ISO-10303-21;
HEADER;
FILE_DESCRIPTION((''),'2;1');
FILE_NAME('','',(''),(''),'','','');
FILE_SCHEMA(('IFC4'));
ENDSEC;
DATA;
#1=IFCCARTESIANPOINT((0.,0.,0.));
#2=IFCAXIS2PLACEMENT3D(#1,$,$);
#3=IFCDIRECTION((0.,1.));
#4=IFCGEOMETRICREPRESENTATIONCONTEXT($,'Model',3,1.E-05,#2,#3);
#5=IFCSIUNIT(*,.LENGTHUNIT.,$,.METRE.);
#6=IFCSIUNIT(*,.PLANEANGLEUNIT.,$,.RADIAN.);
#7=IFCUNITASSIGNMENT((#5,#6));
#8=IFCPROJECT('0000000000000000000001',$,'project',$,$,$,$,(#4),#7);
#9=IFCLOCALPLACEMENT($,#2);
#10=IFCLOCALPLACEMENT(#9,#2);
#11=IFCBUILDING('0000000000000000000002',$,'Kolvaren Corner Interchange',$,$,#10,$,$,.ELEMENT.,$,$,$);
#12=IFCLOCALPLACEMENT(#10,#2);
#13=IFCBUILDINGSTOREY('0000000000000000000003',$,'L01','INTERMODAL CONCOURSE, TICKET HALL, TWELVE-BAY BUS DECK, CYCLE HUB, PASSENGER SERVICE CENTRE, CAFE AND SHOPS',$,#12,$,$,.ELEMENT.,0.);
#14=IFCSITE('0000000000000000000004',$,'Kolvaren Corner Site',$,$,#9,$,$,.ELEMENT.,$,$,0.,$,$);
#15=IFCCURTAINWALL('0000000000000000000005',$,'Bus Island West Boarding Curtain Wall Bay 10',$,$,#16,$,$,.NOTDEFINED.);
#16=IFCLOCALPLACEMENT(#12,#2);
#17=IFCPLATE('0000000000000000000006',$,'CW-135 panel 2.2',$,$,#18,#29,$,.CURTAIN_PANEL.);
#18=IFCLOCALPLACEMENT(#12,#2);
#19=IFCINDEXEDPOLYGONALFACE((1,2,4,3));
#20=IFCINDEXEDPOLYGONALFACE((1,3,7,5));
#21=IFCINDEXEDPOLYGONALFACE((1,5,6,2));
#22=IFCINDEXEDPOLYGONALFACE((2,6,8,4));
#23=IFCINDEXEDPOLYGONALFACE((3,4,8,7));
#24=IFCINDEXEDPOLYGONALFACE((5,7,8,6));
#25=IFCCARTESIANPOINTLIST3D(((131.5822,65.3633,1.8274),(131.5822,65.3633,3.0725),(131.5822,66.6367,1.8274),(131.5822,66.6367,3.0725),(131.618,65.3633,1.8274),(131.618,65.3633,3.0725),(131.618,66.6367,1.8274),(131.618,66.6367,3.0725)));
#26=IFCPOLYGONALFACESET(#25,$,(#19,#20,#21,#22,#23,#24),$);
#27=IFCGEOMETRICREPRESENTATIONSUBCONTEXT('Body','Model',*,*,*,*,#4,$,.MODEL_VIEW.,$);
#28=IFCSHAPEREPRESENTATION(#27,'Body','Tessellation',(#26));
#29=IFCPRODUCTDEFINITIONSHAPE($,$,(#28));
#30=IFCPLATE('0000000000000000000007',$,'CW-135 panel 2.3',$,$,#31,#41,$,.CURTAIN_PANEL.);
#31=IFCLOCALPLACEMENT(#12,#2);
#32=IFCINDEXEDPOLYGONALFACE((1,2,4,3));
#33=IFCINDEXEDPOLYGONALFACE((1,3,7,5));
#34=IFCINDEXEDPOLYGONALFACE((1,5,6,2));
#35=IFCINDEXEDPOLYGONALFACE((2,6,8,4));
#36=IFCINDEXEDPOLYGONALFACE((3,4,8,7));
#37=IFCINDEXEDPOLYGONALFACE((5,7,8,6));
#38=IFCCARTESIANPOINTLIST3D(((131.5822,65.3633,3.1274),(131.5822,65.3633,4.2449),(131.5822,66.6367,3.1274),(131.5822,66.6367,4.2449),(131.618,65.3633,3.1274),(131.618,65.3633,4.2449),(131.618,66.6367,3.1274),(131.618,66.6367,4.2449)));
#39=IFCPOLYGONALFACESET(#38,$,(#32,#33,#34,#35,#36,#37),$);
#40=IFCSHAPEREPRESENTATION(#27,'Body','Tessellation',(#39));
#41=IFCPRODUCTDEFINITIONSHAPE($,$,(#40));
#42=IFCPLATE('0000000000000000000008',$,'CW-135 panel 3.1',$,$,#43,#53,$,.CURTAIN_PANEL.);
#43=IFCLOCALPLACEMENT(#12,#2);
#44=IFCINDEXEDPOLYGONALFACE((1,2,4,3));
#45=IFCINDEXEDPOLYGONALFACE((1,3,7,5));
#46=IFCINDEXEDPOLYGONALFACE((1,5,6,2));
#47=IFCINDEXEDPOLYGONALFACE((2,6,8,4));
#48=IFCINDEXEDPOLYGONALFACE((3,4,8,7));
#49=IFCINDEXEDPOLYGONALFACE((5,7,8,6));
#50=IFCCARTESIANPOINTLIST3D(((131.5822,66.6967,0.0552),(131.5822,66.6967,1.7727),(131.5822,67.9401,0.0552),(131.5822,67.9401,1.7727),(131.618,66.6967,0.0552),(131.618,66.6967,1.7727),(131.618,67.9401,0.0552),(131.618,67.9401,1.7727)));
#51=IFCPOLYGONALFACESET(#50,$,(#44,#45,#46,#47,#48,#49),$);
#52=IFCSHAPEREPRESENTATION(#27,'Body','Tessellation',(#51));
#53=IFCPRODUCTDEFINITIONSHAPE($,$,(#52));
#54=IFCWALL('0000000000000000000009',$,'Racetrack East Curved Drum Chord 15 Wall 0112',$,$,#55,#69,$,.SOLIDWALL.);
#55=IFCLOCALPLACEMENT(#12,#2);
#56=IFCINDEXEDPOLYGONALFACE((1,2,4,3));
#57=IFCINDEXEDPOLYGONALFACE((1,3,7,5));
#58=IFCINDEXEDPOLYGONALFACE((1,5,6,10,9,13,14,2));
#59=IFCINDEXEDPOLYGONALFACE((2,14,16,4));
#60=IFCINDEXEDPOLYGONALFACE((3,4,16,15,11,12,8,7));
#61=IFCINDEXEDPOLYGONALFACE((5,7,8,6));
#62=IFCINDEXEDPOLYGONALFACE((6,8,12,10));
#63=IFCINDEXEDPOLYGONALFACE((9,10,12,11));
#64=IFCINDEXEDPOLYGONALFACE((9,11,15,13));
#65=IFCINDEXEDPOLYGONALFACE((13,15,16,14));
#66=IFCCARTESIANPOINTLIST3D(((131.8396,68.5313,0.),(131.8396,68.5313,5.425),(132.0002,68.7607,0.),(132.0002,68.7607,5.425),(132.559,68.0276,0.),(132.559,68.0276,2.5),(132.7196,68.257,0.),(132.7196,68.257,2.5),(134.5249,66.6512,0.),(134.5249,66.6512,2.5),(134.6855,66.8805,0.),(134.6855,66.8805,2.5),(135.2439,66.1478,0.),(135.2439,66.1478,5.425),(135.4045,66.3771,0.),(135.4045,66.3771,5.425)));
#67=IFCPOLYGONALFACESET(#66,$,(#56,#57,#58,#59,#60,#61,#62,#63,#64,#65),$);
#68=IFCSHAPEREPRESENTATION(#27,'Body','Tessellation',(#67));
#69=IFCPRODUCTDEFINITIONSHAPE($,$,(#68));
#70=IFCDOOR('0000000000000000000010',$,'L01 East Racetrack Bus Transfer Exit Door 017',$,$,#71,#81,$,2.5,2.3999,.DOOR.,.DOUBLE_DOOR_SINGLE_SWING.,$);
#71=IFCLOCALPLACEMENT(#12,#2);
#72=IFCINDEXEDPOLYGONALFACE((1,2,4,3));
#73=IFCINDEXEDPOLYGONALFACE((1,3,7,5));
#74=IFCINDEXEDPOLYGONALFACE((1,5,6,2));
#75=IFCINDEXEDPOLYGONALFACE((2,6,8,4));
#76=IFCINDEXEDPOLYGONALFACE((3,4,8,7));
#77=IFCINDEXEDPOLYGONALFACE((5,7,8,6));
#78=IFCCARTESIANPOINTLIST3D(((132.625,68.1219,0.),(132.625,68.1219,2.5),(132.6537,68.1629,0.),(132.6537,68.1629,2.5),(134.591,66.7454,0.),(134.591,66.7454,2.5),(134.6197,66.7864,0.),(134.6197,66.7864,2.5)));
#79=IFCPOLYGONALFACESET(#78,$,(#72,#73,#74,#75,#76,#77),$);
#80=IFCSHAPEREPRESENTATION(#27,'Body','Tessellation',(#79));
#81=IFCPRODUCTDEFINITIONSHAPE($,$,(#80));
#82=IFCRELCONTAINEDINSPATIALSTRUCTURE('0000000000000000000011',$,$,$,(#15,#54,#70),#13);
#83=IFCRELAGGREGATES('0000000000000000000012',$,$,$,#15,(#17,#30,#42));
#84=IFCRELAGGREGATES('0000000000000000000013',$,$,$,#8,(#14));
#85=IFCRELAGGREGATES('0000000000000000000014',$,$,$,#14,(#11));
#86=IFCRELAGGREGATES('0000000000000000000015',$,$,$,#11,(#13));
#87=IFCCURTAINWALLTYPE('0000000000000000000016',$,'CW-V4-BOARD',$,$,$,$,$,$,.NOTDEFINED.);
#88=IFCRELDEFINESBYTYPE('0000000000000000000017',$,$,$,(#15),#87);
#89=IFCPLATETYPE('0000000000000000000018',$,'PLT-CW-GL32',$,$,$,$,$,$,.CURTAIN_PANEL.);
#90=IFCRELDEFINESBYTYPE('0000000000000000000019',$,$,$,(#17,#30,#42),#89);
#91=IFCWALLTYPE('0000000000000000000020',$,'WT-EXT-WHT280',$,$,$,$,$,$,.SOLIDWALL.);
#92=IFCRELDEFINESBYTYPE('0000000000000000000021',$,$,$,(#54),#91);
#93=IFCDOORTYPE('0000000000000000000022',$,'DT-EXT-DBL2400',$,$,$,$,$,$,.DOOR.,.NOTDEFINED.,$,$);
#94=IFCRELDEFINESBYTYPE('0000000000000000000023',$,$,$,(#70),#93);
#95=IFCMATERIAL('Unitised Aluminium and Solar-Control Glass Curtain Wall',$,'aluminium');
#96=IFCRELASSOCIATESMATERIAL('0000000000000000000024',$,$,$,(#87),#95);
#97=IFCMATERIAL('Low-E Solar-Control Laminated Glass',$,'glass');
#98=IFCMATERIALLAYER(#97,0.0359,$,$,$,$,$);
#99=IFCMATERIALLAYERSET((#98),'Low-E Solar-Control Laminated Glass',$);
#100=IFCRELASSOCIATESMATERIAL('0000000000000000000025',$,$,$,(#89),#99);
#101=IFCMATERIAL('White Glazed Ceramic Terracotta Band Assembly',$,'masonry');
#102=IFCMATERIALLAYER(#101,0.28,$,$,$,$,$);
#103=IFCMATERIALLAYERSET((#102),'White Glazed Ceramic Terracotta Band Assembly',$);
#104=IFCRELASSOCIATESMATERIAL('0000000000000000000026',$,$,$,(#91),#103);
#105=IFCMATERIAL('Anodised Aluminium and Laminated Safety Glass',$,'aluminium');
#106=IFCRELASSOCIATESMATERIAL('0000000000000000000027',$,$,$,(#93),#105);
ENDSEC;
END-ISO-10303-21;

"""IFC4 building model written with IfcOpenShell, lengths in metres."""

from ifc_helpers import new_model, si_unit, direction, frame, frame_2d, origin, origin_2d, place, context, subcontext, project, spatial, rectangle, extrude, material, layer, layer_set, type_object, element, fill, aggregate, save


model = new_model("IFC4")

# Units and contexts
model_context = context("Model", 3, precision=1e-05, world=origin(), true_north=direction((0.0, 1.0)))
body_context = subcontext(model_context, "Body", "Model", "MODEL_VIEW")
ifc_project = project(units=[si_unit("LENGTHUNIT", "METRE"), si_unit("PLANEANGLEUNIT", "RADIAN")], contexts=[model_context])

# Site, building, storey
site_placement = place(None, origin())
site = spatial("IfcSite", under=ifc_project, at=site_placement, Name="Kolvaren Corner Site", CompositionType="ELEMENT", RefElevation=0.0)
building_placement = place(site_placement, origin())
building = spatial("IfcBuilding", under=site, at=building_placement, Name="Kolvaren Corner Interchange", CompositionType="ELEMENT")
storey_placement = place(building_placement, origin())
storey = spatial("IfcBuildingStorey", under=building, at=storey_placement, Name="L01", Description="INTERMODAL CONCOURSE, TICKET HALL, TWELVE-BAY BUS DECK, CYCLE HUB, PASSENGER SERVICE CENTRE, CAFE AND SHOPS", CompositionType="ELEMENT", Elevation=0.0)

# Curtain wall, plates
ifc_material_1 = material(Name="Unitised Aluminium and Solar-Control Glass Curtain Wall", Category="aluminium")
curtain_wall_type = type_object("IfcCurtainWallType", Name="CW-V4-BOARD", PredefinedType="NOTDEFINED", material=ifc_material_1)
curtain_wall_placement = place(storey_placement, origin())
curtain_wall = element("IfcCurtainWall", 1, at=curtain_wall_placement, inside=storey, type_object=curtain_wall_type, Name="Bus Island West Boarding Curtain Wall Bay 10", PredefinedType="NOTDEFINED")
ifc_material_2 = material(Name="Low-E Solar-Control Laminated Glass", Category="glass")
ifc_layer_1 = layer(ifc_material_2, 0.0359)
ifc_layer_set_1 = layer_set([ifc_layer_1], Name="Low-E Solar-Control Laminated Glass")
plate_type = type_object("IfcPlateType", Name="PLT-CW-GL32", PredefinedType="CURTAIN_PANEL", material=ifc_layer_set_1)
plate_1_placement = place(storey_placement, frame((131.6001, 66.0, 1.8274), z_axis=(0.0, 0.0, 1.0), x_axis=(0.0, 1.0, 0.0)))
plate_1 = element("IfcPlate", 2, at=plate_1_placement, type_object=plate_type, Name="CW-135 panel 2.2", PredefinedType="CURTAIN_PANEL", context=body_context, shape_type="SweptSolid", body=[
    extrude(rectangle(XDim=1.2734, YDim=0.0359, at=origin_2d()), origin(), (0.0, 0.0, 1.0), 1.2451),
])
plate_2_placement = place(storey_placement, frame((131.6001, 66.0, 3.1274), z_axis=(0.0, 0.0, 1.0), x_axis=(0.0, 1.0, 0.0)))
plate_2 = element("IfcPlate", 3, at=plate_2_placement, type_object=plate_type, Name="CW-135 panel 2.3", PredefinedType="CURTAIN_PANEL", context=body_context, shape_type="SweptSolid", body=[
    extrude(rectangle(XDim=1.2734, YDim=0.0359, at=origin_2d()), origin(), (0.0, 0.0, 1.0), 1.1174),
])
plate_3_placement = place(storey_placement, frame((131.6001, 67.3184, 0.0552), z_axis=(0.0, 0.0, 1.0), x_axis=(0.0, 1.0, 0.0)))
plate_3 = element("IfcPlate", 4, at=plate_3_placement, type_object=plate_type, Name="CW-135 panel 3.1", PredefinedType="CURTAIN_PANEL", context=body_context, shape_type="SweptSolid", body=[
    extrude(rectangle(XDim=1.2434, YDim=0.0359, at=origin_2d()), origin(), (0.0, 0.0, 1.0), 1.7175),
])
aggregate(curtain_wall, [plate_1, plate_2, plate_3])

# Wall, opening, door
ifc_material_3 = material(Name="White Glazed Ceramic Terracotta Band Assembly", Category="masonry")
ifc_layer_2 = layer(ifc_material_3, 0.28)
ifc_layer_set_2 = layer_set([ifc_layer_2], Name="White Glazed Ceramic Terracotta Band Assembly")
wall_type = type_object("IfcWallType", Name="WT-EXT-WHT280", PredefinedType="SOLIDWALL", material=ifc_layer_set_2)
wall_placement = place(storey_placement, frame((135.3242, 66.2625, 0.0), z_axis=(0.0, 0.0, 1.0), x_axis=(-0.819171, 0.573549, 0.0)))
wall = element("IfcWall", 5, at=wall_placement, inside=storey, type_object=wall_type, Name="Racetrack East Curved Drum Chord 15 Wall 0112", PredefinedType="SOLIDWALL", context=body_context, shape_type="SweptSolid", body=[
    extrude(rectangle(XDim=4.1558, YDim=0.28, at=frame_2d((2.0779, 0.0))), origin(), (0.0, 0.0, 1.0), 5.425),
])
opening_placement = place(wall_placement, frame((0.8777, 0.0, 0.0)))
opening = element("IfcOpeningElement", 6, at=opening_placement, cuts=wall, PredefinedType="OPENING", context=body_context, shape_type="SweptSolid", body=[
    extrude(rectangle(XDim=2.3999, YDim=2.5, at=frame_2d((1.2, 1.25))), frame((0.0, 0.1499, 0.0), z_axis=(0.0, -1.0, 0.0), x_axis=(1.0, 0.0, 0.0)), (0.0, 0.0, 1.0), 0.3),
])
ifc_material_4 = material(Name="Anodised Aluminium and Laminated Safety Glass", Category="aluminium")
door_type = type_object("IfcDoorType", Name="DT-EXT-DBL2400", OperationType="NOTDEFINED", PredefinedType="DOOR", material=ifc_material_4)
door_placement = place(opening_placement, origin())
door = element("IfcDoor", 7, at=door_placement, inside=storey, type_object=door_type, Name="L01 East Racetrack Bus Transfer Exit Door 017", OperationType="DOUBLE_DOOR_SINGLE_SWING", OverallHeight=2.5, OverallWidth=2.3999, PredefinedType="DOOR", context=body_context, shape_type="SweptSolid", body=[
    extrude(rectangle(XDim=2.3999, YDim=2.5, at=frame_2d((1.2, 1.25))), frame((0.0, 0.0249, 0.0), z_axis=(0.0, -1.0, 0.0), x_axis=(1.0, 0.0, 0.0)), (0.0, 0.0, 1.0), 0.05),
])
fill(opening, door)

save(model, "model.ifc")
